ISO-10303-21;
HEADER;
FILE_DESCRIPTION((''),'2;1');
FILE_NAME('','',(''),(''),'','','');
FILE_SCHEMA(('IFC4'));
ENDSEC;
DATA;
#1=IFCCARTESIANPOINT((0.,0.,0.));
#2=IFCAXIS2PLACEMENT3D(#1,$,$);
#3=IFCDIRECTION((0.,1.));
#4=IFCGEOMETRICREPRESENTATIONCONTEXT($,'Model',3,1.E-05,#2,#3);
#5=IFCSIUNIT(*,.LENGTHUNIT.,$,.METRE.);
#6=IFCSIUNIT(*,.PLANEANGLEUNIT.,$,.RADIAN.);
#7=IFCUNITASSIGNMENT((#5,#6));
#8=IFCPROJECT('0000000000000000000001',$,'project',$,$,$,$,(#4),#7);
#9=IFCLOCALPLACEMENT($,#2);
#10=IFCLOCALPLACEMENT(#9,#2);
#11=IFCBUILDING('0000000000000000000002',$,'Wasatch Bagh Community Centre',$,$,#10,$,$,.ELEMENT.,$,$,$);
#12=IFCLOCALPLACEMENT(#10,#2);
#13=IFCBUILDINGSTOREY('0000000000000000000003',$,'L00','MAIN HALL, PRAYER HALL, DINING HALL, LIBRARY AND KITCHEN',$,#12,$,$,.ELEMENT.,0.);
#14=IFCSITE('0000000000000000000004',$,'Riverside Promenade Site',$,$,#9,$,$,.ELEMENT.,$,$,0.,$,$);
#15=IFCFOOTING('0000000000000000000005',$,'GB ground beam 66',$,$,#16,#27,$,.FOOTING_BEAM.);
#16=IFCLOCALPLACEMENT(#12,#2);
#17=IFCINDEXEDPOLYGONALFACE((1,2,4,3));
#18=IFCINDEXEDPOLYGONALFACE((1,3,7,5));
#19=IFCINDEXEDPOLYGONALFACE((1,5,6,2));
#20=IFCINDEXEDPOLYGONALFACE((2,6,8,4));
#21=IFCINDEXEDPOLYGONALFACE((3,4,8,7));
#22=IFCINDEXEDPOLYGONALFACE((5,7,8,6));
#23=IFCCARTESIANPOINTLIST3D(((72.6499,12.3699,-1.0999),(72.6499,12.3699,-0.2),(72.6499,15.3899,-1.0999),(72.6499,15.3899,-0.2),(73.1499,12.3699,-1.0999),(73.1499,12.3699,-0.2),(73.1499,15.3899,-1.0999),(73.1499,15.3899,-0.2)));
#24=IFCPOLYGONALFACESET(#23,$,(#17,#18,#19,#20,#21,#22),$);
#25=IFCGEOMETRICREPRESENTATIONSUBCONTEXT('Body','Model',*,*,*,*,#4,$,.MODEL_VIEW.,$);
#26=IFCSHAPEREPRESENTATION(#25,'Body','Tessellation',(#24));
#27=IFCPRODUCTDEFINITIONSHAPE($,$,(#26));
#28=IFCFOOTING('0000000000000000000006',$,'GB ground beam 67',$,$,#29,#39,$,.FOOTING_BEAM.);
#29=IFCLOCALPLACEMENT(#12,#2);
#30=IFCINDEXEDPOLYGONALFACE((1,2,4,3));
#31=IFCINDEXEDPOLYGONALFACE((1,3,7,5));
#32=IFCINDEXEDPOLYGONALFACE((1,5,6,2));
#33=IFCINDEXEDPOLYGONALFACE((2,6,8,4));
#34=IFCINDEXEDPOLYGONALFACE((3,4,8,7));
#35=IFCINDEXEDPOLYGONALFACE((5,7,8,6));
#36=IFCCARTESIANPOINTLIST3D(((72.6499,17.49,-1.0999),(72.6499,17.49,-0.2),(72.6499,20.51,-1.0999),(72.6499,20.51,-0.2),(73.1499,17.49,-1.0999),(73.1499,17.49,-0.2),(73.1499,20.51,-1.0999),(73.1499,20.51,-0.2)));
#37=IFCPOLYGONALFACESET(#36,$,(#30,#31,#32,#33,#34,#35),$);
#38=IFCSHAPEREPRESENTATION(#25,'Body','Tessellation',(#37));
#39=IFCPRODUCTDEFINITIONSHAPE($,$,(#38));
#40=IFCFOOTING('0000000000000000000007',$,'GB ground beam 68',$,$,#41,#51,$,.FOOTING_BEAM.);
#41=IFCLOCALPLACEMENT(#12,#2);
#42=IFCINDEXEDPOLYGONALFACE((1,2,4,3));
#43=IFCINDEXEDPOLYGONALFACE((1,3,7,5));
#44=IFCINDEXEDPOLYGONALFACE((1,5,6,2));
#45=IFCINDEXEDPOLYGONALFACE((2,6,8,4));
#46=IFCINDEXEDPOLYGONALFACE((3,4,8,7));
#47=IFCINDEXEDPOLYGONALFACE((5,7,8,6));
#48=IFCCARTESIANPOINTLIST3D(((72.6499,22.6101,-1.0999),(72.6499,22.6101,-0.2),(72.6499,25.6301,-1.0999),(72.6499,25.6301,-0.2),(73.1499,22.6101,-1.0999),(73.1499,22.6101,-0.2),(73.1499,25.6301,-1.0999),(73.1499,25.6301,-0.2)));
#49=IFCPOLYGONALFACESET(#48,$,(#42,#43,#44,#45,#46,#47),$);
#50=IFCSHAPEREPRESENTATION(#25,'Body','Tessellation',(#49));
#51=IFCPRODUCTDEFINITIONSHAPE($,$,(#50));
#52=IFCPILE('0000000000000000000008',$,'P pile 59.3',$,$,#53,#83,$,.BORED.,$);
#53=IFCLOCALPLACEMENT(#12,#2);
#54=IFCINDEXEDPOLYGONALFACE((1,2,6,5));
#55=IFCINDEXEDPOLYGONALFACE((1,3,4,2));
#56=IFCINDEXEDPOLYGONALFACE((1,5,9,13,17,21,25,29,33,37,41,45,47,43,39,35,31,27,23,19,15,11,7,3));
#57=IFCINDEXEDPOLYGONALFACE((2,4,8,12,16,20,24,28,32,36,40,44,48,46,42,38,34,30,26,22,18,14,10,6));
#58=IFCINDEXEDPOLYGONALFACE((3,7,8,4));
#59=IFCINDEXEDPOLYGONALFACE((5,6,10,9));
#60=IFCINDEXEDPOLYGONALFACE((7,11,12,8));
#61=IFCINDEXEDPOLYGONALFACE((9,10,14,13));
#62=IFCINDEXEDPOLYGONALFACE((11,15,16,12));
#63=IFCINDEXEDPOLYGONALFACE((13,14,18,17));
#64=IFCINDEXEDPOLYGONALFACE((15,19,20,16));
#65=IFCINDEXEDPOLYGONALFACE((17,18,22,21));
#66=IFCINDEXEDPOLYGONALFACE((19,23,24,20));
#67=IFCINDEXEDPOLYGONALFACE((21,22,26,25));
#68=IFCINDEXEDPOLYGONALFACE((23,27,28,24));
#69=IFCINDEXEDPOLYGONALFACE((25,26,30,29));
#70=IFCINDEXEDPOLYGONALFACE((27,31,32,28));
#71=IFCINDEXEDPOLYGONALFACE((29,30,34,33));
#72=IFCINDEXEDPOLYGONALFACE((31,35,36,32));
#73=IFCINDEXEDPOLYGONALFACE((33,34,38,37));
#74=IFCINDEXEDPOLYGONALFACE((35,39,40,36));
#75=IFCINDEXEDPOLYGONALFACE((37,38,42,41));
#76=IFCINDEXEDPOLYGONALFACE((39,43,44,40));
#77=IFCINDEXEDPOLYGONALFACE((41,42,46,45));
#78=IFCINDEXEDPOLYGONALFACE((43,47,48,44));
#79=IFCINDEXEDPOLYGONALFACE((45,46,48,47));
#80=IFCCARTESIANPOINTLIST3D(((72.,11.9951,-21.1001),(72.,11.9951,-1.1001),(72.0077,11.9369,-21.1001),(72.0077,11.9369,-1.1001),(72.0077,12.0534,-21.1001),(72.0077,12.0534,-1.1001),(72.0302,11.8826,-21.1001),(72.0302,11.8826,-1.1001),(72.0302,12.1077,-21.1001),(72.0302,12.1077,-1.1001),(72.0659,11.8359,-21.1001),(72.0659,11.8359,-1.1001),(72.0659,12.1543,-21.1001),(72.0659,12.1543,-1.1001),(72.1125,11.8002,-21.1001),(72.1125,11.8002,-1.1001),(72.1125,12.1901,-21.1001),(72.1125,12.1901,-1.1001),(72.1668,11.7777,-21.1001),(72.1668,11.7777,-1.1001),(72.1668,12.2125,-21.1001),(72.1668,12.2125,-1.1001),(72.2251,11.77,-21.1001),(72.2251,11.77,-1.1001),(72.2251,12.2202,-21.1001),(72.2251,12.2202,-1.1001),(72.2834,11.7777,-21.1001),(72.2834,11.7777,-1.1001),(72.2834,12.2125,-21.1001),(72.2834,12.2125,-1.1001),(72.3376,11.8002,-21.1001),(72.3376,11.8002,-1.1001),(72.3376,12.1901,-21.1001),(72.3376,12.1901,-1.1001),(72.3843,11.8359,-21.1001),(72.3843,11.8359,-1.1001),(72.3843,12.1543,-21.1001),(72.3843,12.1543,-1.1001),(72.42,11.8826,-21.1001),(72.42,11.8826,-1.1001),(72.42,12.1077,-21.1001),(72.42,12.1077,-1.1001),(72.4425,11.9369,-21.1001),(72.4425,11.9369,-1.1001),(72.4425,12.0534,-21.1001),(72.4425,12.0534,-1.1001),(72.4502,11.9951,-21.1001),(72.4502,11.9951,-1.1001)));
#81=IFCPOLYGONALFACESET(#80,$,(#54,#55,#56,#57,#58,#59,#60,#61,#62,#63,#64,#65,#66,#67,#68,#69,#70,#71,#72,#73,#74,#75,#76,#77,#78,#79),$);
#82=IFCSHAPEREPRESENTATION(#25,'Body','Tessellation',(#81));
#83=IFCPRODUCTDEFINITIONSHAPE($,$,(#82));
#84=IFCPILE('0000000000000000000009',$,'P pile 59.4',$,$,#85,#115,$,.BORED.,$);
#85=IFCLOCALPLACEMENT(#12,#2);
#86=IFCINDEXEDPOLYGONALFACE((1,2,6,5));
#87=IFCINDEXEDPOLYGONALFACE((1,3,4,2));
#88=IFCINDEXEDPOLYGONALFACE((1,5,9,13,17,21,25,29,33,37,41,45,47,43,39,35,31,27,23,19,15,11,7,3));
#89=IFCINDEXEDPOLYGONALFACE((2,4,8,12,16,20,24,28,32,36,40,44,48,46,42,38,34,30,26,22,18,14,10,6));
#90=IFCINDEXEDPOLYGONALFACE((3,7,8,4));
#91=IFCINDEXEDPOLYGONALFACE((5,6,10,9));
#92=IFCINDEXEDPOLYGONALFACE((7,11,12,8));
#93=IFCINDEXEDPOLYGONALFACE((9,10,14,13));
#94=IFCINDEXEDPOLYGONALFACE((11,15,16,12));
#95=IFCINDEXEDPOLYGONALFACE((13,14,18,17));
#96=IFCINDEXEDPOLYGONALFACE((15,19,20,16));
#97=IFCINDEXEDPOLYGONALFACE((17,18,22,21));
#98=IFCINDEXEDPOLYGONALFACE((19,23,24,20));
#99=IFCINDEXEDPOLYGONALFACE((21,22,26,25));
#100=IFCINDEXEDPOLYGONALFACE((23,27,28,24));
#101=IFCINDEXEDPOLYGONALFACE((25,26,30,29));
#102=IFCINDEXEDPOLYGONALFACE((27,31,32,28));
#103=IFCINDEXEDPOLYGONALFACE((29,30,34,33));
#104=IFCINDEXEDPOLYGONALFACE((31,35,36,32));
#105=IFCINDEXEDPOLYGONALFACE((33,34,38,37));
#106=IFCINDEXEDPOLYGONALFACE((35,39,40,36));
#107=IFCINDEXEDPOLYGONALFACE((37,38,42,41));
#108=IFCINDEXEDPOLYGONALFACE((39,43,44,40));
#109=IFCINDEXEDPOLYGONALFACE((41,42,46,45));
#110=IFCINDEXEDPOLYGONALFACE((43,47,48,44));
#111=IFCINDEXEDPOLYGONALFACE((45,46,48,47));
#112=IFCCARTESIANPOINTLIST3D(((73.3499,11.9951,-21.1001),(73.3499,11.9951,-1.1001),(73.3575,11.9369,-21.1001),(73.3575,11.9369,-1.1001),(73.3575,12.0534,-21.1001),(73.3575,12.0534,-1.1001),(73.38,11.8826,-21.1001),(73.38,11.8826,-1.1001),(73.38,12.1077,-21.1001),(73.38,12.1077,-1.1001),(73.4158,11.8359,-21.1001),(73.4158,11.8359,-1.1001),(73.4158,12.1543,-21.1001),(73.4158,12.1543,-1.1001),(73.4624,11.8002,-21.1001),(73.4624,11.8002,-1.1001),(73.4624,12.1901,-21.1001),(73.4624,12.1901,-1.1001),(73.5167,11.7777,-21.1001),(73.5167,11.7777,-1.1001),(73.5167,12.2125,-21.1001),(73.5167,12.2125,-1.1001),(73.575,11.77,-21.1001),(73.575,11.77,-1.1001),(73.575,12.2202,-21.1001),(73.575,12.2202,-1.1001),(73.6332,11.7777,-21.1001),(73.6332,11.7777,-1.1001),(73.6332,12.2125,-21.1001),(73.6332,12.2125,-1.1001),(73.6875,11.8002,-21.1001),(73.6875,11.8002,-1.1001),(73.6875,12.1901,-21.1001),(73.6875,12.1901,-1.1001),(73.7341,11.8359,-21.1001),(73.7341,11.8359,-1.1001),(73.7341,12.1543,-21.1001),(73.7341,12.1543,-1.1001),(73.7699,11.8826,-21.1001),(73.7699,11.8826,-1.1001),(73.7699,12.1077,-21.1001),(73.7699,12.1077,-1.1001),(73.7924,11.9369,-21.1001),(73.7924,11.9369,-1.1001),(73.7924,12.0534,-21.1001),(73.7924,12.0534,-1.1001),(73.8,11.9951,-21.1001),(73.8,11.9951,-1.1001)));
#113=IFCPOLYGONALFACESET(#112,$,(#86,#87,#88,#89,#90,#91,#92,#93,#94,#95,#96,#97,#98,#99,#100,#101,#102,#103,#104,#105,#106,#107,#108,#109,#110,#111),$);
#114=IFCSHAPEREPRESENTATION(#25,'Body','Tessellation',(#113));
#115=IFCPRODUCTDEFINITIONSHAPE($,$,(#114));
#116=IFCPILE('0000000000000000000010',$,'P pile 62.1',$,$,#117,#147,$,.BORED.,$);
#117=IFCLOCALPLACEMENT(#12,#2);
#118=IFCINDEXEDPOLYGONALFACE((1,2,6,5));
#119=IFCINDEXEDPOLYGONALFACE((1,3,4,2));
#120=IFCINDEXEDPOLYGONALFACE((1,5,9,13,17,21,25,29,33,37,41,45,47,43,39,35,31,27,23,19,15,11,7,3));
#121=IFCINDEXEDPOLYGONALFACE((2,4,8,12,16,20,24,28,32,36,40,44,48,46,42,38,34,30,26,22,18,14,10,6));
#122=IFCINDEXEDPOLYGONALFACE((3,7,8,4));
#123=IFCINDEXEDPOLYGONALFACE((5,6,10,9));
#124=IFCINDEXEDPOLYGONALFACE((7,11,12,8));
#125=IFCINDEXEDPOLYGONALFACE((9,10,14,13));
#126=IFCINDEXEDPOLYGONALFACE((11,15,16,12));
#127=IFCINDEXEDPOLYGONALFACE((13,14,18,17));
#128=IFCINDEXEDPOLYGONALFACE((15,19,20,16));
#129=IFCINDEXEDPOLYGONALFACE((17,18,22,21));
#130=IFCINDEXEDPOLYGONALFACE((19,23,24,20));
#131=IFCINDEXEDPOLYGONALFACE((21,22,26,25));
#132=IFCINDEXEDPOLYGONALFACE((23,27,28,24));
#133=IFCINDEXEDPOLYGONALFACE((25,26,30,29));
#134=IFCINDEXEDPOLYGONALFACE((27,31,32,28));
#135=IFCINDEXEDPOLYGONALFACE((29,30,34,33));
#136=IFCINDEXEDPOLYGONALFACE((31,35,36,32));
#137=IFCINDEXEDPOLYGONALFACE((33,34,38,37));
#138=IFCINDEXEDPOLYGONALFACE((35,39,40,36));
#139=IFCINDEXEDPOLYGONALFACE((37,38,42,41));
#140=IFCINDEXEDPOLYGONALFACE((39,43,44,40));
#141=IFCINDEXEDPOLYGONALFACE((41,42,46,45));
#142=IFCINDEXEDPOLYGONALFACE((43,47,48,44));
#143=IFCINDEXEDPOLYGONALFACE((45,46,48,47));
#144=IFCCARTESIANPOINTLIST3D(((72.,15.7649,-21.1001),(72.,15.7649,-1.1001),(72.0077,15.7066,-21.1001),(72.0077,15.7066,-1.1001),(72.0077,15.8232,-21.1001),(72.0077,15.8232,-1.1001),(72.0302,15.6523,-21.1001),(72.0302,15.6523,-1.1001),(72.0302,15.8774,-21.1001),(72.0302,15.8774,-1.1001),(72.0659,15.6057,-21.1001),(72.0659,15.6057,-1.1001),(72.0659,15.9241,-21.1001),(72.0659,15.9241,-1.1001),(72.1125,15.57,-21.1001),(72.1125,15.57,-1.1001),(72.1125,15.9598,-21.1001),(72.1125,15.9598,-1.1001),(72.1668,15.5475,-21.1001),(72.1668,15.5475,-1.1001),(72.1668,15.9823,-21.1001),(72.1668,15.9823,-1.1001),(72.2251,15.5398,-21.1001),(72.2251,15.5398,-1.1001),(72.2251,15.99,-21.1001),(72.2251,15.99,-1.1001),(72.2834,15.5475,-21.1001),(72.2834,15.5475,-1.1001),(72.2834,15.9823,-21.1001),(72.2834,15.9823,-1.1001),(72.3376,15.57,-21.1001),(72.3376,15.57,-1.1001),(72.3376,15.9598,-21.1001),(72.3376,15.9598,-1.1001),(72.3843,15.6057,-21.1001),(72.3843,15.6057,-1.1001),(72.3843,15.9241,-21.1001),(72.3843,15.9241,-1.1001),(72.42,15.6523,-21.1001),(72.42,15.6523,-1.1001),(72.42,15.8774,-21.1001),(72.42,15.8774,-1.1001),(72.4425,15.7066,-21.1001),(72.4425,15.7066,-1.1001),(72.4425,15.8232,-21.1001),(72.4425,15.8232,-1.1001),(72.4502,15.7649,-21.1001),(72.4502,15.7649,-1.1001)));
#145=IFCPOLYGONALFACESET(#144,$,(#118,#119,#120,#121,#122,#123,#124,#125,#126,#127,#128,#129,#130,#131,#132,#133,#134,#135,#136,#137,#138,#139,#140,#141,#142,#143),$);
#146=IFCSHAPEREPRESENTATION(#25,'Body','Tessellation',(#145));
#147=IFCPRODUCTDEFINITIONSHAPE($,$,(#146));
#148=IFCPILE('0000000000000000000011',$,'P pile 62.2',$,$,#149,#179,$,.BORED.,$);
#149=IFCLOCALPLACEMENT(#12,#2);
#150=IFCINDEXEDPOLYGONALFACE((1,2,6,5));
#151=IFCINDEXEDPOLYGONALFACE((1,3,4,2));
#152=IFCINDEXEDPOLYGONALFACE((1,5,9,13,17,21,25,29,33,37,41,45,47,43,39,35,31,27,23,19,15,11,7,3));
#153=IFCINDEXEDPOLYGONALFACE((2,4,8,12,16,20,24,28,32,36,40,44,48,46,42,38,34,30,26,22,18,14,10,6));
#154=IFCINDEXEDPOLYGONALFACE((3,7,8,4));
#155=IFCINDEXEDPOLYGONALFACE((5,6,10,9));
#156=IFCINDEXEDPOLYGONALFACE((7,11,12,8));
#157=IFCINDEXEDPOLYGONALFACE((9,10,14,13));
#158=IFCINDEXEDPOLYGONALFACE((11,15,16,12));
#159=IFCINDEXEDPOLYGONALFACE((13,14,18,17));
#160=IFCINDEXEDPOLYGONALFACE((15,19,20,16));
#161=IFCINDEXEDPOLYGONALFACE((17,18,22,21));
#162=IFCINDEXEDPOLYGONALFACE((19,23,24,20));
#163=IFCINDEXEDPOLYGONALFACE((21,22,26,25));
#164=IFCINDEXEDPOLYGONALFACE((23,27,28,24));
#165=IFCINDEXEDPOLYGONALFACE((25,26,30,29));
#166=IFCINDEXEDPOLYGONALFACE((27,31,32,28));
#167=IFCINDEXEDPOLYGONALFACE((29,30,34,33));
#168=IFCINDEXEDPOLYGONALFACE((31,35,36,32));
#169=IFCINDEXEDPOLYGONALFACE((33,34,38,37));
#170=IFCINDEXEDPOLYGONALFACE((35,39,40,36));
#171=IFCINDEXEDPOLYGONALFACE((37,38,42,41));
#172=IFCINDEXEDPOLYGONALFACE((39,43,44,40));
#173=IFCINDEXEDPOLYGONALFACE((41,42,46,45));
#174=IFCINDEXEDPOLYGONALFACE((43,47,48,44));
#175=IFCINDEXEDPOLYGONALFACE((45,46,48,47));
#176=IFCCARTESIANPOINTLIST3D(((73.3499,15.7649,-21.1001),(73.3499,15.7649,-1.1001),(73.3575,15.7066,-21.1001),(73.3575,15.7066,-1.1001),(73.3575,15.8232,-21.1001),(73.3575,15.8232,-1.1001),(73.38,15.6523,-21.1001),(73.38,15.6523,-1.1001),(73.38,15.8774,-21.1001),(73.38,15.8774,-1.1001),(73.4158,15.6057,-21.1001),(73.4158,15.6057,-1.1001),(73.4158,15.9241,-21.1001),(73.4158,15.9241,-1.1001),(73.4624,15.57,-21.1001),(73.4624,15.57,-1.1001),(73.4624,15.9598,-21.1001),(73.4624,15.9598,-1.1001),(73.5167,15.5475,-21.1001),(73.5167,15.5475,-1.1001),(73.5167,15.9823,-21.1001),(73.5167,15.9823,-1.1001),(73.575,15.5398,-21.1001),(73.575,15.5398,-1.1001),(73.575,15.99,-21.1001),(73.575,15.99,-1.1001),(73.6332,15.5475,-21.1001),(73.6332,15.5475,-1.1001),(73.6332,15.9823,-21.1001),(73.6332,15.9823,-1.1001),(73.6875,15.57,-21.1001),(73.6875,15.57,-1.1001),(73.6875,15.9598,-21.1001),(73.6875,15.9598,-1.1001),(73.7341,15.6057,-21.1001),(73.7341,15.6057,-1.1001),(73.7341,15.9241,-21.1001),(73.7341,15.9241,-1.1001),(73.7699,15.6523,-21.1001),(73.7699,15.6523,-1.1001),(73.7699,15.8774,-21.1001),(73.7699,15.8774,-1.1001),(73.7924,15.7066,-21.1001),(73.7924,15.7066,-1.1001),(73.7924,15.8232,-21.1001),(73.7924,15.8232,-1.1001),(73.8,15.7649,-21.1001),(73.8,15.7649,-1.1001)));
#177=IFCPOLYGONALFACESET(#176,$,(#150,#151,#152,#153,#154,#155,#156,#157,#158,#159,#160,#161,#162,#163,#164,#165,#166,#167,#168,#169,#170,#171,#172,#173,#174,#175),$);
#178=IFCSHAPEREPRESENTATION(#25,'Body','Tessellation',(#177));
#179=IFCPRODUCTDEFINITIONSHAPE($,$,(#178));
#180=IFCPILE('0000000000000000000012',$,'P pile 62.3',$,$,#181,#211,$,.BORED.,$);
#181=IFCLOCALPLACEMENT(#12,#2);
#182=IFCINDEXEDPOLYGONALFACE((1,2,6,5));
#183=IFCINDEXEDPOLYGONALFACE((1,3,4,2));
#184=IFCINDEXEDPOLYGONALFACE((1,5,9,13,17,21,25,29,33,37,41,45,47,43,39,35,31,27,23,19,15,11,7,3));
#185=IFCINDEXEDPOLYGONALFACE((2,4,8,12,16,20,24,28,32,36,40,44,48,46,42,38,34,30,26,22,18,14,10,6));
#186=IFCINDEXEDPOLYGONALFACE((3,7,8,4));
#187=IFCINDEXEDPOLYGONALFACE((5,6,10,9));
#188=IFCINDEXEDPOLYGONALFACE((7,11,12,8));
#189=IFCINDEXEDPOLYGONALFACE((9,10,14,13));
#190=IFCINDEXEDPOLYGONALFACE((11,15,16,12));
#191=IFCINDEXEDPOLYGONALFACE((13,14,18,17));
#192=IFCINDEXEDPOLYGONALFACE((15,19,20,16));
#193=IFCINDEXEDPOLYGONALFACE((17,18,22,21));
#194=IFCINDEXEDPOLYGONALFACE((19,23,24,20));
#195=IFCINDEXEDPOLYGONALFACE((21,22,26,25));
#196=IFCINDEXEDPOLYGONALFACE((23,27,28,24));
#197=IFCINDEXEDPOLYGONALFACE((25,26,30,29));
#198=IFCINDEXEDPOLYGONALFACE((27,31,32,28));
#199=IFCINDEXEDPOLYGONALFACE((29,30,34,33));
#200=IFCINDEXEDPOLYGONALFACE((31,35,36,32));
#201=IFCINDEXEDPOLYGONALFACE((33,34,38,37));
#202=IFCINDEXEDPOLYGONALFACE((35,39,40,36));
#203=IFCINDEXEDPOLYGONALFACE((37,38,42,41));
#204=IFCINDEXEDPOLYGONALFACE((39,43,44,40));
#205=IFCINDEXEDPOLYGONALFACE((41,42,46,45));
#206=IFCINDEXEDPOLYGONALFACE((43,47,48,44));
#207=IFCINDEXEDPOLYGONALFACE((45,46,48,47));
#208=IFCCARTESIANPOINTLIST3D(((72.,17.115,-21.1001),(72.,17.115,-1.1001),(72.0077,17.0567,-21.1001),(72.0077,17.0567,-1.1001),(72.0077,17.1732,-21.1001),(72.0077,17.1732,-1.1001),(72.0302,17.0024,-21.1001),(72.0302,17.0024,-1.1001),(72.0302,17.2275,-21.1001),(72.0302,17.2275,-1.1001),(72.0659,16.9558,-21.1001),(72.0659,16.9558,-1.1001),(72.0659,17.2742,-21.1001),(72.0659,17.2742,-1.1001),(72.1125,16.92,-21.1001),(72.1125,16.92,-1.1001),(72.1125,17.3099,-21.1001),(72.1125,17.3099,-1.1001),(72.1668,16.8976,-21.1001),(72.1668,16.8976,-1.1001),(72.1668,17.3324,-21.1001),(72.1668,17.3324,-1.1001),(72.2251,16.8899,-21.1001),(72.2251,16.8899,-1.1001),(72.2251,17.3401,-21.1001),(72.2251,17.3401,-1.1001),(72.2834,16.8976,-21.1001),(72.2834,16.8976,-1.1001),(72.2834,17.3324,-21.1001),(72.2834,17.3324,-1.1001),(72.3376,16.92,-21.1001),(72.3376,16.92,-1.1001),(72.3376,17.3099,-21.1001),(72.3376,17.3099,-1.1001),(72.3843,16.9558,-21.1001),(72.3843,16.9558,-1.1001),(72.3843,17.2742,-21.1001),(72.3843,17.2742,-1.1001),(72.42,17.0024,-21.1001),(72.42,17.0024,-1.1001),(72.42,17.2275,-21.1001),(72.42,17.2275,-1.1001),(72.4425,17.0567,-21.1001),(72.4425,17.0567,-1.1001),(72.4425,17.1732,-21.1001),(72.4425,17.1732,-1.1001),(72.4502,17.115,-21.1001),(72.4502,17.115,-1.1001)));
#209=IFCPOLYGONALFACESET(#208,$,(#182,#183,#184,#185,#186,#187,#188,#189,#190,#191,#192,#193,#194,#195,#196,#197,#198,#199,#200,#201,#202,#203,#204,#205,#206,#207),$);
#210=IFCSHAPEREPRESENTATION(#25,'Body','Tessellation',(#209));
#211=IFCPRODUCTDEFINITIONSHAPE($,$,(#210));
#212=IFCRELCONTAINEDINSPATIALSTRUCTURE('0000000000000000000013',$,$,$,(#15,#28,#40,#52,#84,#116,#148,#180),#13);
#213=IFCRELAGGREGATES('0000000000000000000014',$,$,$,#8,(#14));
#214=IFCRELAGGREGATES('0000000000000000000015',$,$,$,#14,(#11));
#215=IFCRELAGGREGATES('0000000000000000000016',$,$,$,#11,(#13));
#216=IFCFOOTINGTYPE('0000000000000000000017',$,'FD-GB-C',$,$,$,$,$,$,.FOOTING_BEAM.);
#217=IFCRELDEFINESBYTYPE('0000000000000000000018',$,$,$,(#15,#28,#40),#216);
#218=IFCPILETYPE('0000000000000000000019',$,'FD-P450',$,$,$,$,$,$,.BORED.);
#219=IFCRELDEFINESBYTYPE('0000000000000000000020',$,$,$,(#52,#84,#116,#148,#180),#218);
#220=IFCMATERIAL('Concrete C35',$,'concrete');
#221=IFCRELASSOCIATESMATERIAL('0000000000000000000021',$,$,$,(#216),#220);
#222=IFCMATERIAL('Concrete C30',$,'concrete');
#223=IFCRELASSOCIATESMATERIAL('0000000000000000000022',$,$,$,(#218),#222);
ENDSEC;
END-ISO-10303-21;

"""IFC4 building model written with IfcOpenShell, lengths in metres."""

from ifc_helpers import new_model, si_unit, direction, frame, origin, origin_2d, place, context, subcontext, project, spatial, rectangle, circle, extrude, material, material_profile, profile_set, type_object, element, save


model = new_model("IFC4")

# Units and contexts
model_context = context("Model", 3, precision=1e-05, world=origin(), true_north=direction((0.0, 1.0)))
body_context = subcontext(model_context, "Body", "Model", "MODEL_VIEW")
ifc_project = project(units=[si_unit("LENGTHUNIT", "METRE"), si_unit("PLANEANGLEUNIT", "RADIAN")], contexts=[model_context])

# Site, building, storey
site_placement = place(None, origin())
site = spatial("IfcSite", under=ifc_project, at=site_placement, Name="Riverside Promenade Site", CompositionType="ELEMENT", RefElevation=0.0)
building_placement = place(site_placement, origin())
building = spatial("IfcBuilding", under=site, at=building_placement, Name="Wasatch Bagh Community Centre", CompositionType="ELEMENT")
storey_placement = place(building_placement, origin())
storey = spatial("IfcBuildingStorey", under=building, at=storey_placement, Name="L00", Description="MAIN HALL, PRAYER HALL, DINING HALL, LIBRARY AND KITCHEN", CompositionType="ELEMENT", Elevation=0.0)

# Footings
ifc_material_1 = material(Name="Concrete C35", Category="concrete")
footing_type_1 = type_object("IfcFootingType", Name="FD-GB-C", PredefinedType="FOOTING_BEAM", material=ifc_material_1)
for number, where, z_axis, x_axis, name in (
    (1, (72.8999, 13.8799, -1.0999), (0.0, 0.0, 1.0), (0.0, 1.0, 0.0), "GB ground beam 66"),
    (2, (72.8999, 19.0, -1.0999), (0.0, 0.0, 1.0), (0.0, 1.0, 0.0), "GB ground beam 67"),
    (3, (72.8999, 24.1201, -1.0999), (0.0, 0.0, 1.0), (0.0, 1.0, 0.0), "GB ground beam 68"),
):
    element("IfcFooting", number, at=place(storey_placement, frame(where, z_axis=z_axis, x_axis=x_axis)), inside=storey, type_object=footing_type_1, Name=name, PredefinedType="FOOTING_BEAM", context=body_context, shape_type="SweptSolid", body=[
        extrude(rectangle(XDim=3.02, YDim=0.5, at=origin_2d()), origin(), (0.0, 0.0, 1.0), 0.8999),
    ])

# Piles
ifc_material_2 = material(Name="Concrete C30", Category="concrete")
ifc_material_profile_1 = material_profile(ifc_material_2, circle(Radius=0.2251, at=origin_2d()), Name="RC D450")
ifc_profile_set_1 = profile_set([ifc_material_profile_1], Name="Concrete C30")
pile_type = type_object("IfcPileType", Name="FD-P450", PredefinedType="BORED", material=ifc_profile_set_1)
for number, where, z_axis, x_axis, name in (
    (4, (72.2251, 11.9951, -1.1001), (0.0, 0.0, -1.0), (1.0, 0.0, 0.0), "P pile 59.3"),
    (5, (73.575, 11.9951, -1.1001), (0.0, 0.0, -1.0), (1.0, 0.0, 0.0), "P pile 59.4"),
    (6, (72.2251, 15.7649, -1.1001), (0.0, 0.0, -1.0), (1.0, 0.0, 0.0), "P pile 62.1"),
    (7, (73.575, 15.7649, -1.1001), (0.0, 0.0, -1.0), (1.0, 0.0, 0.0), "P pile 62.2"),
    (8, (72.2251, 17.115, -1.1001), (0.0, 0.0, -1.0), (1.0, 0.0, 0.0), "P pile 62.3"),
):
    element("IfcPile", number, at=place(storey_placement, frame(where, z_axis=z_axis, x_axis=x_axis)), inside=storey, type_object=pile_type, Name=name, PredefinedType="BORED", context=body_context, shape_type="SweptSolid", body=[
        extrude(circle(Radius=0.2251, at=origin_2d()), origin(), (0.0, 0.0, 1.0), 20.0),
    ])

save(model, "model.ifc")
